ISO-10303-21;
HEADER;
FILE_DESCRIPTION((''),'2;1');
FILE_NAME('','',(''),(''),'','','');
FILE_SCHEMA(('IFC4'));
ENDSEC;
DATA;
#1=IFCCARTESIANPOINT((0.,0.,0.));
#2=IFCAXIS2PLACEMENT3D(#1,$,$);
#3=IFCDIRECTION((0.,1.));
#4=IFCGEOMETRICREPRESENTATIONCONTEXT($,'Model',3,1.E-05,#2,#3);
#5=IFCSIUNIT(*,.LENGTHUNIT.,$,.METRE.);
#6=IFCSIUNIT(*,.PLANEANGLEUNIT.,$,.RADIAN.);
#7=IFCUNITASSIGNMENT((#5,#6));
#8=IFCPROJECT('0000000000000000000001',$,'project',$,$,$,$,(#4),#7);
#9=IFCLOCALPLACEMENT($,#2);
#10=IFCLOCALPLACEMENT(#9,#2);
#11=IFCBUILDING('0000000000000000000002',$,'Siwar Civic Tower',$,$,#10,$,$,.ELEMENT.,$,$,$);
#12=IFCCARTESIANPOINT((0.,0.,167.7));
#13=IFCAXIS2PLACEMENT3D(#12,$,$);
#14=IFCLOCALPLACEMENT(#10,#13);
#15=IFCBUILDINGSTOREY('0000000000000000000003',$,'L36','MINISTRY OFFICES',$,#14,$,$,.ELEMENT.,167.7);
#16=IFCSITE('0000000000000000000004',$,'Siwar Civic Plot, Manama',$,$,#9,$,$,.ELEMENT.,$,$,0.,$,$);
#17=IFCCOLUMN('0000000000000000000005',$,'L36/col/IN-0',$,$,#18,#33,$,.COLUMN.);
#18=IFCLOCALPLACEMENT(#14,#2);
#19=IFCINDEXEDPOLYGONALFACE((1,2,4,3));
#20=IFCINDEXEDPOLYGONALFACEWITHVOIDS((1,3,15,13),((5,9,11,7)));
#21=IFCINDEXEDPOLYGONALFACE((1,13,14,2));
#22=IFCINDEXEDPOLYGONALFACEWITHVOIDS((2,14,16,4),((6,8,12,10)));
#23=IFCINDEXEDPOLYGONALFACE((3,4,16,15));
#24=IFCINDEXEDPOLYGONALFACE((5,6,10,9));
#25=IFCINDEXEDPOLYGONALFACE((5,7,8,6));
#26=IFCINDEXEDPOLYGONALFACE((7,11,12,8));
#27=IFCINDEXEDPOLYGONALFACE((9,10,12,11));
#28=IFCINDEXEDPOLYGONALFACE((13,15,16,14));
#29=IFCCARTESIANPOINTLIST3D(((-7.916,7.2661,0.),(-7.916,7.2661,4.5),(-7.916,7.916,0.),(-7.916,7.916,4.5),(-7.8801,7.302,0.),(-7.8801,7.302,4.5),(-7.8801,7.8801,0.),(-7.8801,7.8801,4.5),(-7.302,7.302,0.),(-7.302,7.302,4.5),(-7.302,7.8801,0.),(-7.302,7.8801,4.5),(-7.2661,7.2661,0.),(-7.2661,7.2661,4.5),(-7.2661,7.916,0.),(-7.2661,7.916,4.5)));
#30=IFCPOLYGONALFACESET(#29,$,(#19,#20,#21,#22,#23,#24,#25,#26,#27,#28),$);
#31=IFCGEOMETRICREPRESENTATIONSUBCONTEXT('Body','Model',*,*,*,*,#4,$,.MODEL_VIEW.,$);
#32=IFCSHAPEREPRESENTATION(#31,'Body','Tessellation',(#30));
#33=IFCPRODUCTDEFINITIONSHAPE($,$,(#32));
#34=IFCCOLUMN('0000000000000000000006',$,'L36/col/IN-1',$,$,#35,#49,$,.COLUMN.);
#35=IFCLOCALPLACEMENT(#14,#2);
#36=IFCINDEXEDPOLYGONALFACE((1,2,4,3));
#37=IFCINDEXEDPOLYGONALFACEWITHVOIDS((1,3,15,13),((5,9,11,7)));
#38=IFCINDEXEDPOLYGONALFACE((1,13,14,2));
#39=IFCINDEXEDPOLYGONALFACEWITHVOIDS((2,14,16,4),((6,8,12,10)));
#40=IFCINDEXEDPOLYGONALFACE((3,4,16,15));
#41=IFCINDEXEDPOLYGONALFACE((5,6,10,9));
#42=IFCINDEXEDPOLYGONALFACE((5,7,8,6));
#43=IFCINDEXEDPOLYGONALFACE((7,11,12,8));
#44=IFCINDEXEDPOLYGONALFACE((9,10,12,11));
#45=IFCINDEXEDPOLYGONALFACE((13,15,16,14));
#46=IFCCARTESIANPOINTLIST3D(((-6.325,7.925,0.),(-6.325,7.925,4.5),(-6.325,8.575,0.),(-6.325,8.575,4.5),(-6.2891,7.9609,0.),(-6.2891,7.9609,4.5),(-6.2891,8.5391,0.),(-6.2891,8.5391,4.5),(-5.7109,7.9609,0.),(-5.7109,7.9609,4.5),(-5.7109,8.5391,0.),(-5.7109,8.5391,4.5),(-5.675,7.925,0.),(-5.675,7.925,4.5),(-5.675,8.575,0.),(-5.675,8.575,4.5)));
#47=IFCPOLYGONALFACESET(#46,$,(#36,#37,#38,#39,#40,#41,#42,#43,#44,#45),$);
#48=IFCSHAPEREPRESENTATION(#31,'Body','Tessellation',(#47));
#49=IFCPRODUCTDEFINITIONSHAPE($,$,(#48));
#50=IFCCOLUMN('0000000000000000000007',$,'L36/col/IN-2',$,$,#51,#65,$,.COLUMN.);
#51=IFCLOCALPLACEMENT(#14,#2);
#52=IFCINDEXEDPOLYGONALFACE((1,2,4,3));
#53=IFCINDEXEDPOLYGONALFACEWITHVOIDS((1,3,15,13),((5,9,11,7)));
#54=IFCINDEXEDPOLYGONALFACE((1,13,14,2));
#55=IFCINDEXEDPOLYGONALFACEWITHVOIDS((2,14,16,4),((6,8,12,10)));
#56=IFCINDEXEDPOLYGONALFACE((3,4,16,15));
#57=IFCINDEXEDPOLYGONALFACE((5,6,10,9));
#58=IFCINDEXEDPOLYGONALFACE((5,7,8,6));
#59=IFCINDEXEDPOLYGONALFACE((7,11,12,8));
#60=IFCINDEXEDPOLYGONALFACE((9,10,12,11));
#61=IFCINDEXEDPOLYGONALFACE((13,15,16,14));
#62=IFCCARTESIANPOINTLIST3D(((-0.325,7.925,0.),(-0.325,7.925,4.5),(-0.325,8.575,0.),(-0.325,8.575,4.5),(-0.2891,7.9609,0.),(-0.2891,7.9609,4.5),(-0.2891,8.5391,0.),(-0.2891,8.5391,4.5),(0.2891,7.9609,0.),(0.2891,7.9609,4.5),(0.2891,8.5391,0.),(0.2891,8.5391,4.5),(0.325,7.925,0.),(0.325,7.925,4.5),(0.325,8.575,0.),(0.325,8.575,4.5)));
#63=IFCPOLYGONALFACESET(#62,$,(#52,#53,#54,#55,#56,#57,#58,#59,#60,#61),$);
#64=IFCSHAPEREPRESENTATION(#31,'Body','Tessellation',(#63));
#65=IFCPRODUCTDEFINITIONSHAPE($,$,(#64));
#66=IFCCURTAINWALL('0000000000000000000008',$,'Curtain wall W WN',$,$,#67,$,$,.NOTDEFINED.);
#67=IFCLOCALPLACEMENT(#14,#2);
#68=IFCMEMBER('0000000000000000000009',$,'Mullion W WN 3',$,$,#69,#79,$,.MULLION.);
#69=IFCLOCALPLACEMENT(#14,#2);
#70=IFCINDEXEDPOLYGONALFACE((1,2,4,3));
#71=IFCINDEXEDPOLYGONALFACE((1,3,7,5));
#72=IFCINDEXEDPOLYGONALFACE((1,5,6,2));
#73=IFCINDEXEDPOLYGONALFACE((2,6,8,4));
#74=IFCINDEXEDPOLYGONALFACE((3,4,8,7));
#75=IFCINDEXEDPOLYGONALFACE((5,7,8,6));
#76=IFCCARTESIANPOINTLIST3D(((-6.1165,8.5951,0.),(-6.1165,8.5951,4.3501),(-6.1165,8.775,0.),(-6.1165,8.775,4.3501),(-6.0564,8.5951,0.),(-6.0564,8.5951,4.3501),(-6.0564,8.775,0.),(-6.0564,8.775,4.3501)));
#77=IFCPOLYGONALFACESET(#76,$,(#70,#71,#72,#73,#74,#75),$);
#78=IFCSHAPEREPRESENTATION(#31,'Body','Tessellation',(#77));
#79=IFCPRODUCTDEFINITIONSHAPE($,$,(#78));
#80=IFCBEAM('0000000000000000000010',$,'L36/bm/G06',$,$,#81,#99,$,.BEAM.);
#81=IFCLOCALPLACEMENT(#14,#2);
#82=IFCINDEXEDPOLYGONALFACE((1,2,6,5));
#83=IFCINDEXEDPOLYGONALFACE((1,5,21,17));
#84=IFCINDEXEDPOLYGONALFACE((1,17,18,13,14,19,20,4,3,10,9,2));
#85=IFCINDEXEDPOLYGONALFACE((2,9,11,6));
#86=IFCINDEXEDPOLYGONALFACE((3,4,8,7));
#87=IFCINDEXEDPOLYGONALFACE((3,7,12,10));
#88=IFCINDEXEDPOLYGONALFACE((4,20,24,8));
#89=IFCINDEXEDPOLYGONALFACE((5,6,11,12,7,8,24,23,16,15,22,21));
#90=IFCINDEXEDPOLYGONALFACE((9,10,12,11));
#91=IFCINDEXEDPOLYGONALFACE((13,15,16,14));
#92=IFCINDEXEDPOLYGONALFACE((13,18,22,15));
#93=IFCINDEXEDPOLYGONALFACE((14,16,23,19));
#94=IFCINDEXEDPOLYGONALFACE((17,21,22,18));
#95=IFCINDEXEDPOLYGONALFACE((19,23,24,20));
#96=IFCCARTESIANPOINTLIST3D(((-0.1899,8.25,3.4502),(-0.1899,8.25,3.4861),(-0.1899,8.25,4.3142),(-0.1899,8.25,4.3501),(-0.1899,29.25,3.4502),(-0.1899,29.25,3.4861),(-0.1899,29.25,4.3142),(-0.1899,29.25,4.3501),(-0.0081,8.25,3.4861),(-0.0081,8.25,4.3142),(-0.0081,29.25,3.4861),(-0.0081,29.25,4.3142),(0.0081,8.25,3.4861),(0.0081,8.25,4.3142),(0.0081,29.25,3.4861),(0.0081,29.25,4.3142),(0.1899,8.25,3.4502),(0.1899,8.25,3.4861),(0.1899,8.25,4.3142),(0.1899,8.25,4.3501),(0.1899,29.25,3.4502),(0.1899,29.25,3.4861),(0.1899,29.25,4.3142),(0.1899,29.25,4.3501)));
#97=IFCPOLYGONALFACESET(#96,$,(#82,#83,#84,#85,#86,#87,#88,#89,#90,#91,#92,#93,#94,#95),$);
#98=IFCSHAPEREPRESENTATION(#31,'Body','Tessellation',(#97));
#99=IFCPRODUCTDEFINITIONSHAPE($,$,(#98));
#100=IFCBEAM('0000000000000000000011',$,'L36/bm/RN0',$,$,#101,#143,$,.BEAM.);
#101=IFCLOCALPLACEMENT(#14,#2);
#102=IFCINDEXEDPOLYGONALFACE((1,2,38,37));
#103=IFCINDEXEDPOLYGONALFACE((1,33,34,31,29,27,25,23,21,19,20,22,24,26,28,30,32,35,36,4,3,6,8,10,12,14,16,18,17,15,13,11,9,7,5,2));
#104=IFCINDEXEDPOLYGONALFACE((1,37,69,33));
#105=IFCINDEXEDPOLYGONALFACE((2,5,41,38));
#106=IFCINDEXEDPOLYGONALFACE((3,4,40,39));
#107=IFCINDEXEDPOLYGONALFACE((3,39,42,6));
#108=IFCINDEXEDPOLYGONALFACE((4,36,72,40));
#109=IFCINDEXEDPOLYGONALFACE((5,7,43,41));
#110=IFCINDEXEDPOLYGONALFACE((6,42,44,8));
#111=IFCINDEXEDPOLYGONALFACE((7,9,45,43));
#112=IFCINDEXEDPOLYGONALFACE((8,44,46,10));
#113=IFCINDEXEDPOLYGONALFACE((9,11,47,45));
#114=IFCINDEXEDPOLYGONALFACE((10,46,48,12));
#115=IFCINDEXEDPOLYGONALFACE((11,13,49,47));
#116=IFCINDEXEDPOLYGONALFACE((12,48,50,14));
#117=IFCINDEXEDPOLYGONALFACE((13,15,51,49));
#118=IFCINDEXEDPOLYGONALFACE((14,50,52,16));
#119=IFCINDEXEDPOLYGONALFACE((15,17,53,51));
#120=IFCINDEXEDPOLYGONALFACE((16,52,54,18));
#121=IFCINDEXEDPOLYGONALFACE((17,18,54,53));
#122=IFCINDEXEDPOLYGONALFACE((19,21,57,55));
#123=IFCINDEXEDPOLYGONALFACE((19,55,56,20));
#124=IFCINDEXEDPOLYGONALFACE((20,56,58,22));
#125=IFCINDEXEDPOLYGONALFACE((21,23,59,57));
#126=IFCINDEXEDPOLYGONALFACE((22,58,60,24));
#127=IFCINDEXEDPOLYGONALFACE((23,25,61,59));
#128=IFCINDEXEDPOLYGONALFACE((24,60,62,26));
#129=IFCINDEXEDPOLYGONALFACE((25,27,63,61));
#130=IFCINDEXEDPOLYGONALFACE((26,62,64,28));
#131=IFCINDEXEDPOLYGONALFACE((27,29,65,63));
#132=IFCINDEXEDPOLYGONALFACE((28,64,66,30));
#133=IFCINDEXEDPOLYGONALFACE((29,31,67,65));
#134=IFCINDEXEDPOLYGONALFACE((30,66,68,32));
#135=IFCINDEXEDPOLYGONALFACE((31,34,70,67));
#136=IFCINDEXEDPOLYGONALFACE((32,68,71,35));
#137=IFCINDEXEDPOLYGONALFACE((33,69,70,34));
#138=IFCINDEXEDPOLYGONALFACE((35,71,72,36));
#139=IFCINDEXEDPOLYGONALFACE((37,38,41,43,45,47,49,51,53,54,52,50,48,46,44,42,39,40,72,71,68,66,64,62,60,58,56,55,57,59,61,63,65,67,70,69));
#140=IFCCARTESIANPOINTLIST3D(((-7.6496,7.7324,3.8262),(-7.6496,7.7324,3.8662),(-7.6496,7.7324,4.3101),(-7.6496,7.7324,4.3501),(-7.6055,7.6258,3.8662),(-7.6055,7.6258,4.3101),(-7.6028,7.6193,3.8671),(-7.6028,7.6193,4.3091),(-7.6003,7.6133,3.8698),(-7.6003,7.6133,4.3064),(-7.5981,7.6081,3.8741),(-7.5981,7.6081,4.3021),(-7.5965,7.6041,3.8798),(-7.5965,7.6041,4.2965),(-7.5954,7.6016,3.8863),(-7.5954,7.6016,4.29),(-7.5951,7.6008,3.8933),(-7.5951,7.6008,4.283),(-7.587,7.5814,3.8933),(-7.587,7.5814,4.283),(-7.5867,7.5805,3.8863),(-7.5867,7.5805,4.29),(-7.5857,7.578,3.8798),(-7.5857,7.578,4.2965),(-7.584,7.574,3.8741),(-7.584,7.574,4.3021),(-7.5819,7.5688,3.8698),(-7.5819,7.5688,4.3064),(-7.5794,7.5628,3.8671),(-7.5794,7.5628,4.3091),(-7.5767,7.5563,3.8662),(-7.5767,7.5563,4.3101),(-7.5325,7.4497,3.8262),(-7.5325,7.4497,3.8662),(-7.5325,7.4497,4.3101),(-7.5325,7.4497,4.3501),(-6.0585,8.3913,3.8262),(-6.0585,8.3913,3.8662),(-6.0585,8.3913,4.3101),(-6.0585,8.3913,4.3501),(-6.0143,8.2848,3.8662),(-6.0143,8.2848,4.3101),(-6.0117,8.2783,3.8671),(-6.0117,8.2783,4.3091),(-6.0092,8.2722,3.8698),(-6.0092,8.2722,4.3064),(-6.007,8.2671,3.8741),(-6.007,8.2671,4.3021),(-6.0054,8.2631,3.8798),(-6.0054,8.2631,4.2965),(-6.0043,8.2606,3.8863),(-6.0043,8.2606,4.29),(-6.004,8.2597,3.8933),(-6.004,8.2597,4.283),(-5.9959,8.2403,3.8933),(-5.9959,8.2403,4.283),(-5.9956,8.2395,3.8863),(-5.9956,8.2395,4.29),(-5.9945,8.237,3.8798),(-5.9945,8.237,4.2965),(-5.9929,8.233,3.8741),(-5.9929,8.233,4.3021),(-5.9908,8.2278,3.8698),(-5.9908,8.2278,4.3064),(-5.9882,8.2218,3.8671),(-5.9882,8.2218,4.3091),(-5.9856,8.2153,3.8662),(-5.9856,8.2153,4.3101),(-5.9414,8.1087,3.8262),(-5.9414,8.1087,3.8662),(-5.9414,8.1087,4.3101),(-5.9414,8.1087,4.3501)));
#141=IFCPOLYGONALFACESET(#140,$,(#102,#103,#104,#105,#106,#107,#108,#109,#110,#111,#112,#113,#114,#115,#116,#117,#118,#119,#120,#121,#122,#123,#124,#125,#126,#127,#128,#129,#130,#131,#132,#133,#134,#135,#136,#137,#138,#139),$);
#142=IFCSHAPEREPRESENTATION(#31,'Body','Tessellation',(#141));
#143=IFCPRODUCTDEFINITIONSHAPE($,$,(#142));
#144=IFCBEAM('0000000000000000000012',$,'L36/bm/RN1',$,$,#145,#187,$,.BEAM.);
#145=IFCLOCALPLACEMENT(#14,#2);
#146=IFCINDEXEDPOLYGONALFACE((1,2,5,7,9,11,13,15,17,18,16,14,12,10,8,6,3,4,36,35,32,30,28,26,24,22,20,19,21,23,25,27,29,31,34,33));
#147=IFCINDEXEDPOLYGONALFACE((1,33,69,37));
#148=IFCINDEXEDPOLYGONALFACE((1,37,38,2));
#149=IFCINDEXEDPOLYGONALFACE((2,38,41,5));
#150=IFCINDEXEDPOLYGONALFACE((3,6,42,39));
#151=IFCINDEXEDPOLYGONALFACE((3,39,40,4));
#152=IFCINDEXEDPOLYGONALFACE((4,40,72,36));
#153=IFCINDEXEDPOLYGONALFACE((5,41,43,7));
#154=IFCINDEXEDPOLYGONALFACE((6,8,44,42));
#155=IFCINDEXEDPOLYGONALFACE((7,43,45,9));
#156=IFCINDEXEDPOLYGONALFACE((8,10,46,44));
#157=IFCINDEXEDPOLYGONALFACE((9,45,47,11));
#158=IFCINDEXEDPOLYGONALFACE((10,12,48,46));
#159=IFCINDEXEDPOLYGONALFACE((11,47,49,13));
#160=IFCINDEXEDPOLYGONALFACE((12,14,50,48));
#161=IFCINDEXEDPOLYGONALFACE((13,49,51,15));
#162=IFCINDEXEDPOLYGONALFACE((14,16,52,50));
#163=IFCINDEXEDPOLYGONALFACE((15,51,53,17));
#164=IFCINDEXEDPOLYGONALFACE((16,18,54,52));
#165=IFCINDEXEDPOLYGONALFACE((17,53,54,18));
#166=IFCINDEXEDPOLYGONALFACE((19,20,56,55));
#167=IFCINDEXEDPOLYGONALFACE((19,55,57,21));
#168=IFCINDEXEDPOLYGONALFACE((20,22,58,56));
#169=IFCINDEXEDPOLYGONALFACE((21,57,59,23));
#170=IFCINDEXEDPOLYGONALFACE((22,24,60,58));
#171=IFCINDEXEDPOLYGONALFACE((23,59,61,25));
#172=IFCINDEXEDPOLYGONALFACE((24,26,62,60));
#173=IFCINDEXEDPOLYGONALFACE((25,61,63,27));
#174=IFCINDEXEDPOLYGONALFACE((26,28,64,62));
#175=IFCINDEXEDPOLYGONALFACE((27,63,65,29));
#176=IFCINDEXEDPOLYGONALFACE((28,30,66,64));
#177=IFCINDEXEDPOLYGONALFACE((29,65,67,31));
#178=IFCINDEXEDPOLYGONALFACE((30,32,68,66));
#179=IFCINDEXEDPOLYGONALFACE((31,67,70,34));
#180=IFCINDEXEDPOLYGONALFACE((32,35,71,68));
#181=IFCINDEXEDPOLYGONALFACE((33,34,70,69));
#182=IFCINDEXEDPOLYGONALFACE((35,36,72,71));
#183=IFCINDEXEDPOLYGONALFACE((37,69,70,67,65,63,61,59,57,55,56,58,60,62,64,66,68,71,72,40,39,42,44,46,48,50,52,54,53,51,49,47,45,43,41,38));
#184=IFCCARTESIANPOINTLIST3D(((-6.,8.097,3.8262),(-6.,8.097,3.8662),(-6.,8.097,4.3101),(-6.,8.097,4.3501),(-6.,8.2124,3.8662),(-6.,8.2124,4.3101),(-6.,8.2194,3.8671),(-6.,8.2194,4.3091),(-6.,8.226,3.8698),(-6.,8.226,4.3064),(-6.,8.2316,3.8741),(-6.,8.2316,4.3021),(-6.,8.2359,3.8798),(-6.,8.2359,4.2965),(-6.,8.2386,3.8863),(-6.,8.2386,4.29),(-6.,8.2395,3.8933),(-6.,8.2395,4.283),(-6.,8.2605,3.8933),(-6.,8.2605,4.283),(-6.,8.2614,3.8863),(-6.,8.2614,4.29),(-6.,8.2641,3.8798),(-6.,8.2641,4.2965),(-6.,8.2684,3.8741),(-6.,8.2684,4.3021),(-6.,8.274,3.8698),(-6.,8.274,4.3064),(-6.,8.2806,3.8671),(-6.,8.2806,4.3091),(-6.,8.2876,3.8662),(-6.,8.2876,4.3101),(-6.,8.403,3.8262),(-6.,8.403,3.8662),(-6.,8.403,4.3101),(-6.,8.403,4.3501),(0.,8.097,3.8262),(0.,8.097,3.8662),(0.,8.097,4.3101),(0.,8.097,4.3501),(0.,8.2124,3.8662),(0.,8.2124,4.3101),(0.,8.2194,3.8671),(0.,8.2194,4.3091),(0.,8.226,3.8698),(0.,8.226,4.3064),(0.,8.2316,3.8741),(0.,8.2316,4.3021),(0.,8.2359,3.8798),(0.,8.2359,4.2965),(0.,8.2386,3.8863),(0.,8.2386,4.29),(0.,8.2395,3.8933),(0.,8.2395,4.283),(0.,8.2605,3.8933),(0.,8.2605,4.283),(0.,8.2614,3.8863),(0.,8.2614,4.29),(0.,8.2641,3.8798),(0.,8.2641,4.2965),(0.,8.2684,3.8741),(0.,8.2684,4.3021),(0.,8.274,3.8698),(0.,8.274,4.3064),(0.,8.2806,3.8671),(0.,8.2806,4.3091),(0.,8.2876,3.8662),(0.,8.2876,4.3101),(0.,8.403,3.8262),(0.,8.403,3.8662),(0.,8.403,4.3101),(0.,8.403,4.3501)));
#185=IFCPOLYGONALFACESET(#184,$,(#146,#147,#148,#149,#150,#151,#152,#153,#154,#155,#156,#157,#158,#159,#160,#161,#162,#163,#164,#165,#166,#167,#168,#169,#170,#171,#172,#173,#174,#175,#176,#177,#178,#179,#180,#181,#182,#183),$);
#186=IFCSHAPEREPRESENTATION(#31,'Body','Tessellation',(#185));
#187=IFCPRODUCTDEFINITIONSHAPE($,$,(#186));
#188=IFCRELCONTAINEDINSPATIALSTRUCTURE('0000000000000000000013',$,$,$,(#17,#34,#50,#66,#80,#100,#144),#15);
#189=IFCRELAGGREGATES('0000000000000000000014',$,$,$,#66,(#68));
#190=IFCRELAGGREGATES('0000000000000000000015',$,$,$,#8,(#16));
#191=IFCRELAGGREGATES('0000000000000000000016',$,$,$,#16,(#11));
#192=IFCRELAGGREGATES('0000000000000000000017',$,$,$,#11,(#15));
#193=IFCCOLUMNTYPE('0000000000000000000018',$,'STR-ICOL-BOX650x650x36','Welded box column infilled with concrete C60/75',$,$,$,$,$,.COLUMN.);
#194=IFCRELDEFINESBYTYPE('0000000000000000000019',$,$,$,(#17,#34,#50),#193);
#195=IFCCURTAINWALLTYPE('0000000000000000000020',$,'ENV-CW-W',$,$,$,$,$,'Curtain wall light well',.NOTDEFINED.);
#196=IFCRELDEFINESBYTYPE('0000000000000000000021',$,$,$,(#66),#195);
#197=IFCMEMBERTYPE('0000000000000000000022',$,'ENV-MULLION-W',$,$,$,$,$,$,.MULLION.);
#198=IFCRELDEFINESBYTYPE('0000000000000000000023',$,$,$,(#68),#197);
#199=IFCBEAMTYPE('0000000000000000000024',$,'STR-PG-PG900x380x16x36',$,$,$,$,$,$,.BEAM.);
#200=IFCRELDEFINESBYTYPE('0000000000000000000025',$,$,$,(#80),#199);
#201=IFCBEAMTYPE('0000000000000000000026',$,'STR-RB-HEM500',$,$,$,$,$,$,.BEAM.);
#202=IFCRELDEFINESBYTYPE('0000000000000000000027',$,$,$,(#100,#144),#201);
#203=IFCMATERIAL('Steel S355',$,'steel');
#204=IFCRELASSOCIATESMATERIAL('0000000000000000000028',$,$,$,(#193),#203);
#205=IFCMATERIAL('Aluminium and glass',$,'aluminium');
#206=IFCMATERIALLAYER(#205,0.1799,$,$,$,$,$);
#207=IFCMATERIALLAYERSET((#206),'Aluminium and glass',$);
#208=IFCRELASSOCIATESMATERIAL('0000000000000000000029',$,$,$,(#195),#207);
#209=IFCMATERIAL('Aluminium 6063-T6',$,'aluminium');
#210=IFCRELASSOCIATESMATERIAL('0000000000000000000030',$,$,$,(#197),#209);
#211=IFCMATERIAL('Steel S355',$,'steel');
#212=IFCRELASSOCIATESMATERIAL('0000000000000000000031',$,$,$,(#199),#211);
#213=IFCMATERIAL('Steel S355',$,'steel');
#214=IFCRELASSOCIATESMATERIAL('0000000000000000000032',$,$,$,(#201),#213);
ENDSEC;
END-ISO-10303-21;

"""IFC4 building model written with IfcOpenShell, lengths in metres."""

from ifc_helpers import new_model, si_unit, direction, frame, origin, origin_2d, place, context, subcontext, project, spatial, rectangle, hollow_rectangle, i_section, extrude, material, layer, layer_set, material_profile, profile_set, type_object, element, aggregate, save


model = new_model("IFC4")

# Units and contexts
model_context = context("Model", 3, precision=1e-05, world=origin(), true_north=direction((0.0, 1.0)))
body_context = subcontext(model_context, "Body", "Model", "MODEL_VIEW")
ifc_project = project(units=[si_unit("LENGTHUNIT", "METRE"), si_unit("PLANEANGLEUNIT", "RADIAN")], contexts=[model_context])

# Site, building, storey
site_placement = place(None, origin())
site = spatial("IfcSite", under=ifc_project, at=site_placement, Name="Siwar Civic Plot, Manama", CompositionType="ELEMENT", RefElevation=0.0)
building_placement = place(site_placement, origin())
building = spatial("IfcBuilding", under=site, at=building_placement, Name="Siwar Civic Tower", CompositionType="ELEMENT")
storey_placement = place(building_placement, frame((0.0, 0.0, 167.7)))
storey = spatial("IfcBuildingStorey", under=building, at=storey_placement, Name="L36", Description="MINISTRY OFFICES", CompositionType="ELEMENT", Elevation=167.7)

# Columns
ifc_material_1 = material(Name="Steel S355", Category="steel")
ifc_material_profile_1 = material_profile(ifc_material_1, hollow_rectangle(XDim=0.6499, YDim=0.6499, WallThickness=0.0359, at=origin_2d()), Name="BOX650x650x36")
ifc_profile_set_1 = profile_set([ifc_material_profile_1], Name="Steel S355")
column_type = type_object("IfcColumnType", Name="STR-ICOL-BOX650x650x36", Description="Welded box column infilled with concrete C60/75", PredefinedType="COLUMN", material=ifc_profile_set_1)
for number, where, z_axis, x_axis, name in (
    (1, (-7.5911, 7.5911, 0.0), (0.0, 0.0, 1.0), (1.0, 0.0, 0.0), "L36/col/IN-0"),
    (2, (-6.0, 8.25, 0.0), (0.0, 0.0, 1.0), (1.0, 0.0, 0.0), "L36/col/IN-1"),
    (3, (0.0, 8.25, 0.0), (0.0, 0.0, 1.0), (1.0, 0.0, 0.0), "L36/col/IN-2"),
):
    element("IfcColumn", number, at=place(storey_placement, frame(where, z_axis=z_axis, x_axis=x_axis)), inside=storey, type_object=column_type, Name=name, PredefinedType="COLUMN", context=body_context, shape_type="SweptSolid", body=[
        extrude(hollow_rectangle(XDim=0.6499, YDim=0.6499, WallThickness=0.0359, at=origin_2d()), origin(), (0.0, 0.0, 1.0), 4.5),
    ])

# Curtain wall, member
ifc_material_2 = material(Name="Aluminium and glass", Category="aluminium")
ifc_layer_1 = layer(ifc_material_2, 0.1799)
ifc_layer_set_1 = layer_set([ifc_layer_1], Name="Aluminium and glass")
curtain_wall_type = type_object("IfcCurtainWallType", Name="ENV-CW-W", ElementType="Curtain wall light well", PredefinedType="NOTDEFINED", material=ifc_layer_set_1)
curtain_wall_placement = place(storey_placement, origin())
curtain_wall = element("IfcCurtainWall", 4, at=curtain_wall_placement, inside=storey, type_object=curtain_wall_type, Name="Curtain wall W WN", PredefinedType="NOTDEFINED")
ifc_material_3 = material(Name="Aluminium 6063-T6", Category="aluminium")
ifc_material_profile_2 = material_profile(ifc_material_3, rectangle(XDim=0.1799, YDim=0.0601, at=origin_2d()), Name="AL 180x60")
ifc_profile_set_2 = profile_set([ifc_material_profile_2], Name="Aluminium 6063-T6")
member_type = type_object("IfcMemberType", Name="ENV-MULLION-W", PredefinedType="MULLION", material=ifc_profile_set_2)
member_placement = place(storey_placement, frame((-6.0864, 8.6851, 0.0), z_axis=(0.0, 0.0, 1.0), x_axis=(0.0, -1.0, 0.0)))
member = element("IfcMember", 5, at=member_placement, type_object=member_type, Name="Mullion W WN 3", PredefinedType="MULLION", context=body_context, shape_type="SweptSolid", body=[
    extrude(rectangle(XDim=0.1799, YDim=0.0601, at=origin_2d()), origin(), (0.0, 0.0, 1.0), 4.3501),
])

# Beams
ifc_material_4 = material(Name="Steel S355", Category="steel")
ifc_material_profile_3 = material_profile(ifc_material_4, i_section(OverallWidth=0.3799, OverallDepth=0.8999, WebThickness=0.0161, FlangeThickness=0.0359, at=origin_2d()), Name="PG900x380x16x36")
ifc_profile_set_3 = profile_set([ifc_material_profile_3], Name="Steel S355")
beam_type_1 = type_object("IfcBeamType", Name="STR-PG-PG900x380x16x36", PredefinedType="BEAM", material=ifc_profile_set_3)
beam_1_placement = place(storey_placement, frame((0.0, 8.25, 3.9001), z_axis=(0.0, 1.0, 0.0), x_axis=(-1.0, 0.0, 0.0)))
element("IfcBeam", 6, at=beam_1_placement, inside=storey, type_object=beam_type_1, Name="L36/bm/G06", PredefinedType="BEAM", context=body_context, shape_type="SweptSolid", body=[
    extrude(i_section(OverallWidth=0.3799, OverallDepth=0.8999, WebThickness=0.0161, FlangeThickness=0.0359, at=origin_2d()), origin(), (0.0, 0.0, 1.0), 21.0),
])
ifc_material_5 = material(Name="Steel S355", Category="steel")
ifc_material_profile_4 = material_profile(ifc_material_5, i_section(OverallWidth=0.3059, OverallDepth=0.5239, WebThickness=0.021, FlangeThickness=0.04, FilletRadius=0.0271, at=origin_2d()), Name="HEM500")
ifc_profile_set_4 = profile_set([ifc_material_profile_4], Name="Steel S355")
beam_type_2 = type_object("IfcBeamType", Name="STR-RB-HEM500", PredefinedType="BEAM", material=ifc_profile_set_4)
beam_2_placement = place(storey_placement, frame((-7.5911, 7.5911, 4.0881), z_axis=(0.923901, 0.382631, 0.0), x_axis=(-0.382631, 0.923901, 0.0)))
element("IfcBeam", 7, at=beam_2_placement, inside=storey, type_object=beam_type_2, Name="L36/bm/RN0", PredefinedType="BEAM", context=body_context, shape_type="SweptSolid", body=[
    extrude(i_section(OverallWidth=0.3059, OverallDepth=0.5239, WebThickness=0.021, FlangeThickness=0.04, FilletRadius=0.0271, at=origin_2d()), origin(), (0.0, 0.0, 1.0), 1.7222),
])
for number, where, z_axis, x_axis, name in (
    (8, (-6.0, 8.25, 4.0881), (1.0, 0.0, 0.0), (0.0, 1.0, 0.0), "L36/bm/RN1"),
):
    element("IfcBeam", number, at=place(storey_placement, frame(where, z_axis=z_axis, x_axis=x_axis)), inside=storey, type_object=beam_type_2, Name=name, PredefinedType="BEAM", context=body_context, shape_type="SweptSolid", body=[
        extrude(i_section(OverallWidth=0.3059, OverallDepth=0.5239, WebThickness=0.021, FlangeThickness=0.04, FilletRadius=0.0271, at=origin_2d()), origin(), (0.0, 0.0, 1.0), 6.0),
    ])

aggregate(curtain_wall, [member])

save(model, "model.ifc")
